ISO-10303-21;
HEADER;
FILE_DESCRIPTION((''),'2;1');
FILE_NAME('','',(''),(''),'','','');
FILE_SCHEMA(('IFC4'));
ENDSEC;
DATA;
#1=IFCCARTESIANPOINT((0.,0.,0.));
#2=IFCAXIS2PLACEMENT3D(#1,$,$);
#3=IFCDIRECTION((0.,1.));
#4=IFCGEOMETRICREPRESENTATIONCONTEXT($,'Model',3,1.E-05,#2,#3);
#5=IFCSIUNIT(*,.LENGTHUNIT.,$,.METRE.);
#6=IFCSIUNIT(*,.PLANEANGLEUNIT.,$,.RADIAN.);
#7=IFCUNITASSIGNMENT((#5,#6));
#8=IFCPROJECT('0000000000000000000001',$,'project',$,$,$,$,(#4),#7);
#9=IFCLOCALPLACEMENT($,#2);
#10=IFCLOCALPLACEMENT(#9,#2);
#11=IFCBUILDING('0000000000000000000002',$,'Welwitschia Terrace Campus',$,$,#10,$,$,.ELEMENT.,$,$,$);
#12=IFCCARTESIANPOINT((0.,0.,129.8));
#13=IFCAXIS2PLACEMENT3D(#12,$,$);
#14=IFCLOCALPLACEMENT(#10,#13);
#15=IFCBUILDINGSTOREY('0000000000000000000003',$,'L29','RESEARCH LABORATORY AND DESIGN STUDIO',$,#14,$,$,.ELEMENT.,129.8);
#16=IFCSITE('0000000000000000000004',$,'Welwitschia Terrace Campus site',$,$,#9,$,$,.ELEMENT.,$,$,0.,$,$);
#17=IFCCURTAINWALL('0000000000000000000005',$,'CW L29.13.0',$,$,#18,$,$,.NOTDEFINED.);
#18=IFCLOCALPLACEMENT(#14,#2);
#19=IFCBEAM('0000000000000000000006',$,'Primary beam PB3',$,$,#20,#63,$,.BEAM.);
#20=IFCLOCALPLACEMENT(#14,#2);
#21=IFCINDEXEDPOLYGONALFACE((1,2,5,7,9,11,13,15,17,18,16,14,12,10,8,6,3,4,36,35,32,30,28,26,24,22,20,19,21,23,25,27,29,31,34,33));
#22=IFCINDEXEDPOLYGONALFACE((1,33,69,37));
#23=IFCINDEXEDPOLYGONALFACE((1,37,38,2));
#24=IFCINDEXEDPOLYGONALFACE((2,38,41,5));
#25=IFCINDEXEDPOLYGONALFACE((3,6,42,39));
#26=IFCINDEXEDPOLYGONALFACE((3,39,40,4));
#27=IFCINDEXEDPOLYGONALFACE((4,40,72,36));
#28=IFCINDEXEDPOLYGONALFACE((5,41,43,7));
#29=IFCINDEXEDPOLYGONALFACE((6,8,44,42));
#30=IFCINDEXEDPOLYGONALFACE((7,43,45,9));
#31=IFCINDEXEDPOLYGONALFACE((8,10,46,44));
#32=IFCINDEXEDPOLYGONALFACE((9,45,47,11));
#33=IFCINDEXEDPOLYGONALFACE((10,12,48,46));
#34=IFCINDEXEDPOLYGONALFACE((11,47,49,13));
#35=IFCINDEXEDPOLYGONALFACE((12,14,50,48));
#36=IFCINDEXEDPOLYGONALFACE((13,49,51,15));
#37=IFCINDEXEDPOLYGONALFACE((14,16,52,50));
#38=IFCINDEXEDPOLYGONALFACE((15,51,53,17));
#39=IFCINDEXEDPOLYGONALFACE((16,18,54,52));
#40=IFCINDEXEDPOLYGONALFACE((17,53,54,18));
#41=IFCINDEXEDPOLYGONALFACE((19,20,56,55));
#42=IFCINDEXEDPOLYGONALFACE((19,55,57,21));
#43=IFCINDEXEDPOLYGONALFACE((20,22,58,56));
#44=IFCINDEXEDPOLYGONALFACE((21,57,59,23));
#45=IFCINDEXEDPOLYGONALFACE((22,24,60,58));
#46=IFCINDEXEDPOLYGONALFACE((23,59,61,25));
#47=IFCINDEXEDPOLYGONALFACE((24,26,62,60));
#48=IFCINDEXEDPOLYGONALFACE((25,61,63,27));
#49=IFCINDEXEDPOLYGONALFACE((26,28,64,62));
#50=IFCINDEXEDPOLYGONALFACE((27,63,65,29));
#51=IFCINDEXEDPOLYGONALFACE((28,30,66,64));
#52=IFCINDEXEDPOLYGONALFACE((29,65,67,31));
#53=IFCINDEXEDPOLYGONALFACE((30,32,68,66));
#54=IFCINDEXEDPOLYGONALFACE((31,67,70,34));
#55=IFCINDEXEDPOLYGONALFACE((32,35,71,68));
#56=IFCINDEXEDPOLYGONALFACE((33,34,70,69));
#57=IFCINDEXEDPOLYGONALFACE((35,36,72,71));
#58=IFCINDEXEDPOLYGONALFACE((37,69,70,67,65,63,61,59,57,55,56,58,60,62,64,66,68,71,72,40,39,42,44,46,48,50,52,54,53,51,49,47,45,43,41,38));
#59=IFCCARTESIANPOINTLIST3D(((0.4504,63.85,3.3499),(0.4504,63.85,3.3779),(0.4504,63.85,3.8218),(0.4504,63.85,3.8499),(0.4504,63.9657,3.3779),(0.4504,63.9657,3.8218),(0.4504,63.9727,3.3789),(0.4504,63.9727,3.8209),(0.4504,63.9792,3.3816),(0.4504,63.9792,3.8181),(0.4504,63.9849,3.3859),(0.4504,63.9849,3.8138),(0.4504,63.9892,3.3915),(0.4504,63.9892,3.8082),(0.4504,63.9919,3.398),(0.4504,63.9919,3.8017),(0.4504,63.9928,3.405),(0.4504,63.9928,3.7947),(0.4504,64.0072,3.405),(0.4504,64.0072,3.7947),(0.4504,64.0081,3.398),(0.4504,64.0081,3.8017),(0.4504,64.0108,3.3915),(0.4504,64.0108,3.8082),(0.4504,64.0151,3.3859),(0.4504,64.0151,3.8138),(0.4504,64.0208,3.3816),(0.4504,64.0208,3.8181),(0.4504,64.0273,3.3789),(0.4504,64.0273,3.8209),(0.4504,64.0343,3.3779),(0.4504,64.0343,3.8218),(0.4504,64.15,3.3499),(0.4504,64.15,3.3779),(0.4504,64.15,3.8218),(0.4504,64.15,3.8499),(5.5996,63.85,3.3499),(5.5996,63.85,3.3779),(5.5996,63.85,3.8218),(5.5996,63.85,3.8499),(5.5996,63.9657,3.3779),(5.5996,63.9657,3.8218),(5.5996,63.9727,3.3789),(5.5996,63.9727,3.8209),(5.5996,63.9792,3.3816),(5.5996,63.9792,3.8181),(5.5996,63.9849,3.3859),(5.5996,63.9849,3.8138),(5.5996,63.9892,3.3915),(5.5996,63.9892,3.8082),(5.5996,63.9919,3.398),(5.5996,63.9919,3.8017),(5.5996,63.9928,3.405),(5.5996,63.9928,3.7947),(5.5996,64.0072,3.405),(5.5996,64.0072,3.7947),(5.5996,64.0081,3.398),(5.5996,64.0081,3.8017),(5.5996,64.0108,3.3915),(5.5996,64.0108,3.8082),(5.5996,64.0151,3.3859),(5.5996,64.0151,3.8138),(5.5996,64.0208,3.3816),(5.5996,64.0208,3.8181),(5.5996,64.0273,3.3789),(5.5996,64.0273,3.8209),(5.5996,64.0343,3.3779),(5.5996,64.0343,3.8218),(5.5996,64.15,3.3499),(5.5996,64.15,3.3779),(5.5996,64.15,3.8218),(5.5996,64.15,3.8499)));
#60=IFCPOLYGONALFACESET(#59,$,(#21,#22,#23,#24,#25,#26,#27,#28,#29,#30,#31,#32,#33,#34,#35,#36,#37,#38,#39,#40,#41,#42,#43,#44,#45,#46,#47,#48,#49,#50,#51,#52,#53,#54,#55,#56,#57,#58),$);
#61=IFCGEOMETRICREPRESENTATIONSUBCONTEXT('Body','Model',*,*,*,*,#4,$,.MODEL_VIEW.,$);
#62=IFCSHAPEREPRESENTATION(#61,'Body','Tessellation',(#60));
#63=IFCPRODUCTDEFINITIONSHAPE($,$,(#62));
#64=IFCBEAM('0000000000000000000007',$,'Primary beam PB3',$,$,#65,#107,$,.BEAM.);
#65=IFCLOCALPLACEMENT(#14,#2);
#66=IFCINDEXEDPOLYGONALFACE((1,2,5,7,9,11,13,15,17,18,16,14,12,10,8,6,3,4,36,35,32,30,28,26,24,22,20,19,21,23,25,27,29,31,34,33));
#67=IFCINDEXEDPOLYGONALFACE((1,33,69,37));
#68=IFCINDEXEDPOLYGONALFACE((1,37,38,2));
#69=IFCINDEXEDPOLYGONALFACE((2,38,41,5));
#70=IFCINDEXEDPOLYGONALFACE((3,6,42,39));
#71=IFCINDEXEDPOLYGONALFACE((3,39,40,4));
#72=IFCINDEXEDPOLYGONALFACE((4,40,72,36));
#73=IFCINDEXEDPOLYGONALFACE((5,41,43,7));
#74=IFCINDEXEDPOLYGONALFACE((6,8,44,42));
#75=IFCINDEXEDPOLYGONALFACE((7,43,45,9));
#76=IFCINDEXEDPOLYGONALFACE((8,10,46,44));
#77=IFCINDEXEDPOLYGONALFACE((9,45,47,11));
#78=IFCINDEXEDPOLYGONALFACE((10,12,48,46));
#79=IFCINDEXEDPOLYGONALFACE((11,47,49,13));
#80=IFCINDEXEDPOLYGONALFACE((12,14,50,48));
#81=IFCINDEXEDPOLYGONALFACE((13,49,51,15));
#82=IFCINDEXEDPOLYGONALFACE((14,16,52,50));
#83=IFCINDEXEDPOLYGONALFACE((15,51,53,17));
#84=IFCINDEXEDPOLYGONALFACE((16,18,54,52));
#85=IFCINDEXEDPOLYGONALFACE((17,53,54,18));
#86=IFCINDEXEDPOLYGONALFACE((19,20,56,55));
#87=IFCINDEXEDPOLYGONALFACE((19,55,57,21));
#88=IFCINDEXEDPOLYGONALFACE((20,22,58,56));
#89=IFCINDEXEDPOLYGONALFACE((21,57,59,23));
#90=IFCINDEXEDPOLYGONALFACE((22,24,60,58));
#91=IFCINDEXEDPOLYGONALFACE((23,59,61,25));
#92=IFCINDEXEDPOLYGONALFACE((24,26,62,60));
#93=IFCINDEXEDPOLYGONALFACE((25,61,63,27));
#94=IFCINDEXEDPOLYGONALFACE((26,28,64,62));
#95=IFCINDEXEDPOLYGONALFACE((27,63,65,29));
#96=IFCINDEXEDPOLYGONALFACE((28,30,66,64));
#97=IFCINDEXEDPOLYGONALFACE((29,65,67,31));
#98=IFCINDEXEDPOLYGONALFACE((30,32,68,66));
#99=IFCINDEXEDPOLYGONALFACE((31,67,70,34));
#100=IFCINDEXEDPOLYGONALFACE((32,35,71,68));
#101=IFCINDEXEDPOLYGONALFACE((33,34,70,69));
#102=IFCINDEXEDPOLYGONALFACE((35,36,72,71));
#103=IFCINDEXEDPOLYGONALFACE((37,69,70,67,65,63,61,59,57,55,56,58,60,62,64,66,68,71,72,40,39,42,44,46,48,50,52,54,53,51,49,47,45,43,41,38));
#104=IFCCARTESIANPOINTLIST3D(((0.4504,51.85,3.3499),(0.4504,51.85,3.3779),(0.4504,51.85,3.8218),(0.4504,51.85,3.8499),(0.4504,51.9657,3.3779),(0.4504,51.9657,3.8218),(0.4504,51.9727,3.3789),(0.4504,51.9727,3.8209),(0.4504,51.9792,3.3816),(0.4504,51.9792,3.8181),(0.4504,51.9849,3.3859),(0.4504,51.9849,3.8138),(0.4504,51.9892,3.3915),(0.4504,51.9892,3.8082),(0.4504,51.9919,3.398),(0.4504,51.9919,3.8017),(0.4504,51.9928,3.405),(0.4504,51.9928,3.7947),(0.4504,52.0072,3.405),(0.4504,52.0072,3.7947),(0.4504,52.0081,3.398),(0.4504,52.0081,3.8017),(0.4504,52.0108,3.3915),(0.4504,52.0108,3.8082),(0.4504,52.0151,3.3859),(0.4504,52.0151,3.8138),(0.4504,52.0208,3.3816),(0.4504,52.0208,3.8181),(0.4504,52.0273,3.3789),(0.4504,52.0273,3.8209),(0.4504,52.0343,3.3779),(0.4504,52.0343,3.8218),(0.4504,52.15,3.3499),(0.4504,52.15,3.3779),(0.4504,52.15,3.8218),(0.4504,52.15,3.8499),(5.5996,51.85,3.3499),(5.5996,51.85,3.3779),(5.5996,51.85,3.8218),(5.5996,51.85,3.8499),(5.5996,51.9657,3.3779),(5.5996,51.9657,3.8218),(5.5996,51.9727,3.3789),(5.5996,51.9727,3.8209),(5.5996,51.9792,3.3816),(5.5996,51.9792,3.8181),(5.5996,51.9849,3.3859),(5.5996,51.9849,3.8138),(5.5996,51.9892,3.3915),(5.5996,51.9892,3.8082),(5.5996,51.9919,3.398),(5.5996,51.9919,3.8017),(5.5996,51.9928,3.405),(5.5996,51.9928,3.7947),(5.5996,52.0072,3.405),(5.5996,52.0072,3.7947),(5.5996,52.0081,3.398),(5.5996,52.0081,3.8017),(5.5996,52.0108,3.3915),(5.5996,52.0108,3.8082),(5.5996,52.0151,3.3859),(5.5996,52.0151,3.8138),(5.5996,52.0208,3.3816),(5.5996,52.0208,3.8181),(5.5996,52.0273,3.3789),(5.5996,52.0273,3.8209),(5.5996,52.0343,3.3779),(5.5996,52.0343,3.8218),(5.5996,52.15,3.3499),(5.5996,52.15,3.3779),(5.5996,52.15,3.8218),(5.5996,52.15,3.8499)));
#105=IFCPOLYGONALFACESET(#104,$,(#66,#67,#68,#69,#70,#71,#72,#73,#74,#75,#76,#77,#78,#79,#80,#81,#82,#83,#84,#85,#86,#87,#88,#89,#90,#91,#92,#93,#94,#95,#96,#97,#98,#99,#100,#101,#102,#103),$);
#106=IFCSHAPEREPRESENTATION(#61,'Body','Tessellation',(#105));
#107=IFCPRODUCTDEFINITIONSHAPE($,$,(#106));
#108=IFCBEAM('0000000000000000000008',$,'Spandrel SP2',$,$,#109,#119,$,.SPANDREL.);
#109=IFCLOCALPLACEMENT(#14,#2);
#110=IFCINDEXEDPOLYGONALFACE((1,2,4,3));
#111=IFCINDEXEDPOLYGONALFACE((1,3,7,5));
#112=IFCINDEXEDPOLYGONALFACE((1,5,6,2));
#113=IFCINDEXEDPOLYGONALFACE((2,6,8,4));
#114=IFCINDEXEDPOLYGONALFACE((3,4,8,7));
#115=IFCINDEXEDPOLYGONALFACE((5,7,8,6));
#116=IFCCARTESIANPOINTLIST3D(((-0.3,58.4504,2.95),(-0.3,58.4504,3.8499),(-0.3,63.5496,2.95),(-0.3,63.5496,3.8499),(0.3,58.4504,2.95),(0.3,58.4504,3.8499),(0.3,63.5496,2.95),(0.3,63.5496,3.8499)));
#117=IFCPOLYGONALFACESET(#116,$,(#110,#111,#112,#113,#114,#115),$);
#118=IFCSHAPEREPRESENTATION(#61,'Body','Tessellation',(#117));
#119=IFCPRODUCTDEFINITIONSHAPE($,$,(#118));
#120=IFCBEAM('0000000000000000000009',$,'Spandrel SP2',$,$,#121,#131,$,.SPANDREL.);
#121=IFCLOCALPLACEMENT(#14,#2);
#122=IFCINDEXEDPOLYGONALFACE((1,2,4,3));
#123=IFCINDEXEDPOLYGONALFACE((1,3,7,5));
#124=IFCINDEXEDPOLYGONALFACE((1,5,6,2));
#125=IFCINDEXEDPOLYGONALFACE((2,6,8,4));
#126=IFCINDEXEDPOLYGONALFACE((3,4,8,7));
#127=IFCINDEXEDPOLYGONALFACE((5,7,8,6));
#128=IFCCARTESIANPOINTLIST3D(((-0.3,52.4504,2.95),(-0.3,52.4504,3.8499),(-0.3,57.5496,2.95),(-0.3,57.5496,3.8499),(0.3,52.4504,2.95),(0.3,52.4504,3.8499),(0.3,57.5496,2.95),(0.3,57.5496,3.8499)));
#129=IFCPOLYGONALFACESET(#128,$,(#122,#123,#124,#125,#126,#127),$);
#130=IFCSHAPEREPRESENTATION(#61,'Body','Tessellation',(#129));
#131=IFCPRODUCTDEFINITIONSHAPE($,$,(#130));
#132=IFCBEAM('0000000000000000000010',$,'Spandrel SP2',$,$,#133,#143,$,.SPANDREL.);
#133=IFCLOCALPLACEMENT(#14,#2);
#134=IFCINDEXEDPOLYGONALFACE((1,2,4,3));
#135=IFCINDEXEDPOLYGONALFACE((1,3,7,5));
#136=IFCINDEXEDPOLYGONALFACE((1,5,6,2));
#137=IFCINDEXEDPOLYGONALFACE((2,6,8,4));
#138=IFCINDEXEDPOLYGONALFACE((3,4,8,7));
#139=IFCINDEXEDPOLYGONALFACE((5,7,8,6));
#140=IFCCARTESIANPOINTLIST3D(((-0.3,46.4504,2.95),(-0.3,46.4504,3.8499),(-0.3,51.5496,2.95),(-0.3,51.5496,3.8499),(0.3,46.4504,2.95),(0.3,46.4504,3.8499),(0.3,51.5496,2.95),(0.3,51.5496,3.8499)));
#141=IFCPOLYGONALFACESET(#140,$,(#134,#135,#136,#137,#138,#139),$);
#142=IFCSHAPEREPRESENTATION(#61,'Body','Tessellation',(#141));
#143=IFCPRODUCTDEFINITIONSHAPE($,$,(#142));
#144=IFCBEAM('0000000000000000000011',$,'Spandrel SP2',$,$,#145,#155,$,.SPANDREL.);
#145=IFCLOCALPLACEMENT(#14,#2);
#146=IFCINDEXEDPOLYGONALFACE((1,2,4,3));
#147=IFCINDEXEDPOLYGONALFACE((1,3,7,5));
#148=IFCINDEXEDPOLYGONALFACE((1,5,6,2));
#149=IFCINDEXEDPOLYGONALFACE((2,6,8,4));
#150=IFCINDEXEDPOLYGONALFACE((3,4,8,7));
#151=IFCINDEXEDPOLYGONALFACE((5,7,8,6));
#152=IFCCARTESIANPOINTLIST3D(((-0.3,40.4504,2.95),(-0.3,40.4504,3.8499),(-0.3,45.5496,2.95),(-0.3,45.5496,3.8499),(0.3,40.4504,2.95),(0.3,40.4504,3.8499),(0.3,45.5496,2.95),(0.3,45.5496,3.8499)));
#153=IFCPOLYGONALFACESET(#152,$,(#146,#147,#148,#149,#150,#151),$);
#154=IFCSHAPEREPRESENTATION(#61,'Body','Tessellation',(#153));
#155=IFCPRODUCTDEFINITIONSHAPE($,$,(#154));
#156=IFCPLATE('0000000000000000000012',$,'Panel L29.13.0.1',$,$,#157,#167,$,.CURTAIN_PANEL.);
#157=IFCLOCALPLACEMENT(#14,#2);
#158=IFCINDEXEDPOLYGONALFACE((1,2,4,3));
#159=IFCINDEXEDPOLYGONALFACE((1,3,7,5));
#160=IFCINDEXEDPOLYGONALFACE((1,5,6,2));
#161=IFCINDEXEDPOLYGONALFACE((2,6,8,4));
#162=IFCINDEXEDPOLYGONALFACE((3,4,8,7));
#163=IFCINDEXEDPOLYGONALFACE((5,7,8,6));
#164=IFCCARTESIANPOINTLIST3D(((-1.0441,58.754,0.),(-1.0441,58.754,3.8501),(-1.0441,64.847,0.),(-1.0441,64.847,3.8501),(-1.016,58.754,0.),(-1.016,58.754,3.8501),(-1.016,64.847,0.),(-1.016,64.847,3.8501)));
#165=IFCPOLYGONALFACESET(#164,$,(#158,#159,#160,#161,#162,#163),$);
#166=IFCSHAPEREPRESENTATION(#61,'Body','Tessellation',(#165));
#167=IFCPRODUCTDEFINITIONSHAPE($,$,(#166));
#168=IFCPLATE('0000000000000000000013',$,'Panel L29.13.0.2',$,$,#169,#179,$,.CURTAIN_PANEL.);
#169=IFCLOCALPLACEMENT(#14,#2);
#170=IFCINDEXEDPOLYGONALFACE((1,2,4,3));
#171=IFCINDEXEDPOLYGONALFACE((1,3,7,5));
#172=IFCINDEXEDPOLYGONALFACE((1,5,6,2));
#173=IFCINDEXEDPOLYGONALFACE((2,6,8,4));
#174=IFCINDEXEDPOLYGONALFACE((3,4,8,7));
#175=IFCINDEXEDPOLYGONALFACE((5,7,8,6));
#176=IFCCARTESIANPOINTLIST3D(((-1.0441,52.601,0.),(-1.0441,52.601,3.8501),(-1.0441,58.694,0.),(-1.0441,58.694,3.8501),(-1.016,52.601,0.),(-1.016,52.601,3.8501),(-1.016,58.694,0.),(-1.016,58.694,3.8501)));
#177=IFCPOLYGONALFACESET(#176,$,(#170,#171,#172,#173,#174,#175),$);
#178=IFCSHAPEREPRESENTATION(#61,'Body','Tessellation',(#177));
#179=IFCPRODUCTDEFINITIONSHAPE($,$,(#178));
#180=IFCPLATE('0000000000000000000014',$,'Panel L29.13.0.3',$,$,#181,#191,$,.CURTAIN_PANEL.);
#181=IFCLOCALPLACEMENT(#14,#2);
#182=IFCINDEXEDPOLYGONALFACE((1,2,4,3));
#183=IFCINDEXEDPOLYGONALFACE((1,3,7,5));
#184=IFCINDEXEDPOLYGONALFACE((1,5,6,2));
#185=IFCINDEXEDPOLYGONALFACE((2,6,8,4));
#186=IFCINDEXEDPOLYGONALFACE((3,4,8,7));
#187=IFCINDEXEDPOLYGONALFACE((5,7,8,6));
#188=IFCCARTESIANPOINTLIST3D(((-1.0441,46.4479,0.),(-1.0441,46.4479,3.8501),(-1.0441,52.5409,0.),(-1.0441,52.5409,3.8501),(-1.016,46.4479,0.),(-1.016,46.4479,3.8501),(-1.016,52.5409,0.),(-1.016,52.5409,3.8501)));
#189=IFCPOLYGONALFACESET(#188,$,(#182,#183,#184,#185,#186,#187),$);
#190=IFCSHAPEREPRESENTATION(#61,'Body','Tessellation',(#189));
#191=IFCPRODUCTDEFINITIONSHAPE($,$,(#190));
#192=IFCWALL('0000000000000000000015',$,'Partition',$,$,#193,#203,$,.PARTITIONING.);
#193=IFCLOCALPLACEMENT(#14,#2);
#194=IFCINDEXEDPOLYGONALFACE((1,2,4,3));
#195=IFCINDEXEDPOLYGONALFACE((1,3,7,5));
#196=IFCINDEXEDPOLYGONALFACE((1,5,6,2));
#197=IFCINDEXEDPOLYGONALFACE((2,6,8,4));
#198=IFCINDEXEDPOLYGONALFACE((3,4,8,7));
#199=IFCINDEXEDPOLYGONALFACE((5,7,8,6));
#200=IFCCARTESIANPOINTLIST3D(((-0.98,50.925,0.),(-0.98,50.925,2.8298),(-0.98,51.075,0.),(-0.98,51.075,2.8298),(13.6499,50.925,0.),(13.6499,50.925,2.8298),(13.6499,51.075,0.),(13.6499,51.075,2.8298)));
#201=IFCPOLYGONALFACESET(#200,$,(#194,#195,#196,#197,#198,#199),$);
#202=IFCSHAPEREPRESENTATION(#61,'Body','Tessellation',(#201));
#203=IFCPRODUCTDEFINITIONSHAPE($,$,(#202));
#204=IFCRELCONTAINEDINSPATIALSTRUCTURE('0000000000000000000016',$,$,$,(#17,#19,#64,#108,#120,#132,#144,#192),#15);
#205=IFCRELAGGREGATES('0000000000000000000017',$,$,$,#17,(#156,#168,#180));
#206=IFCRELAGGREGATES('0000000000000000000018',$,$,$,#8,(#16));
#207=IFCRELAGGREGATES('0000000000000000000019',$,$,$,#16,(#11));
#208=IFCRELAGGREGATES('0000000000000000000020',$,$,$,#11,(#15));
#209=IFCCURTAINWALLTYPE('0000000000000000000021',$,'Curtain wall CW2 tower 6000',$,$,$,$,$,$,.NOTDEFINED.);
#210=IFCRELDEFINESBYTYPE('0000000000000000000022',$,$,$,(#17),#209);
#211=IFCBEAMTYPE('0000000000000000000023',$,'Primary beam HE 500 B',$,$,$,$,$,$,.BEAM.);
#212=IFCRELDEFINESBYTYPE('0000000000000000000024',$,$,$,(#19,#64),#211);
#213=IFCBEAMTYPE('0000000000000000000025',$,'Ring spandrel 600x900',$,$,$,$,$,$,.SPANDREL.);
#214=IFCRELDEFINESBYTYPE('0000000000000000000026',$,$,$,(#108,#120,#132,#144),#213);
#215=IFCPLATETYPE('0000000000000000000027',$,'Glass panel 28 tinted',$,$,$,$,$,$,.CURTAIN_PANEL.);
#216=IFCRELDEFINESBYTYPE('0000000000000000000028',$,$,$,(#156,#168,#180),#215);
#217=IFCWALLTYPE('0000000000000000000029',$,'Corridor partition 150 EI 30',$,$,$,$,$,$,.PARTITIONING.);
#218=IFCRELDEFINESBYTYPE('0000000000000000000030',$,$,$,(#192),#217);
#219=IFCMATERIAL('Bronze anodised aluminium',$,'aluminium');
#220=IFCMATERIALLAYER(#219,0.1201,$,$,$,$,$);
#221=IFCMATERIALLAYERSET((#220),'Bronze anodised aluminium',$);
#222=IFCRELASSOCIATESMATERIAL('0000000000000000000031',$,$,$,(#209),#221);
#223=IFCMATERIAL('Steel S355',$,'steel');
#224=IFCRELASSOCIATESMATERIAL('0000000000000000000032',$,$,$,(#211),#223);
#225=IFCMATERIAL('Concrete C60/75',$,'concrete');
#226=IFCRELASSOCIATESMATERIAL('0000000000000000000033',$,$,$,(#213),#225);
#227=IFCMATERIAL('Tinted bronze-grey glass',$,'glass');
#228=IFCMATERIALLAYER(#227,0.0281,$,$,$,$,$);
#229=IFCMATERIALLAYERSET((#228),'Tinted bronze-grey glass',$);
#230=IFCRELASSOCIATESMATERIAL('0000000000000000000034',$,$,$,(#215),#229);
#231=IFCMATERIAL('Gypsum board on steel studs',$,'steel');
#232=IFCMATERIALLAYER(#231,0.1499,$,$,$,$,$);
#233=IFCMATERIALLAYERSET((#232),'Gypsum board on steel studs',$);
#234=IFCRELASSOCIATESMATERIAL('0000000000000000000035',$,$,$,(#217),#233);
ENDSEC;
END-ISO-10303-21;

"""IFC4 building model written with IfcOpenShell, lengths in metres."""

from ifc_helpers import new_model, si_unit, direction, frame, frame_2d, origin, origin_2d, place, context, subcontext, project, spatial, rectangle, i_section, extrude, material, layer, layer_set, material_profile, profile_set, type_object, element, aggregate, save


model = new_model("IFC4")

# Units and contexts
model_context = context("Model", 3, precision=1e-05, world=origin(), true_north=direction((0.0, 1.0)))
body_context = subcontext(model_context, "Body", "Model", "MODEL_VIEW")
ifc_project = project(units=[si_unit("LENGTHUNIT", "METRE"), si_unit("PLANEANGLEUNIT", "RADIAN")], contexts=[model_context])

# Site, building, storey
site_placement = place(None, origin())
site = spatial("IfcSite", under=ifc_project, at=site_placement, Name="Welwitschia Terrace Campus site", CompositionType="ELEMENT", RefElevation=0.0)
building_placement = place(site_placement, origin())
building = spatial("IfcBuilding", under=site, at=building_placement, Name="Welwitschia Terrace Campus", CompositionType="ELEMENT")
storey_placement = place(building_placement, frame((0.0, 0.0, 129.8)))
storey = spatial("IfcBuildingStorey", under=building, at=storey_placement, Name="L29", Description="RESEARCH LABORATORY AND DESIGN STUDIO", CompositionType="ELEMENT", Elevation=129.8)

# Curtain wall
ifc_material_1 = material(Name="Bronze anodised aluminium", Category="aluminium")
ifc_layer_1 = layer(ifc_material_1, 0.1201)
ifc_layer_set_1 = layer_set([ifc_layer_1], Name="Bronze anodised aluminium")
curtain_wall_type = type_object("IfcCurtainWallType", Name="Curtain wall CW2 tower 6000", PredefinedType="NOTDEFINED", material=ifc_layer_set_1)
curtain_wall_placement = place(storey_placement, origin())
curtain_wall = element("IfcCurtainWall", 1, at=curtain_wall_placement, inside=storey, type_object=curtain_wall_type, Name="CW L29.13.0", PredefinedType="NOTDEFINED")

# Beams
ifc_material_2 = material(Name="Steel S355", Category="steel")
ifc_material_profile_1 = material_profile(ifc_material_2, i_section(OverallWidth=0.3, OverallDepth=0.5, WebThickness=0.0144, FlangeThickness=0.0281, FilletRadius=0.0271, at=origin_2d()))
ifc_profile_set_1 = profile_set([ifc_material_profile_1], Name="Steel S355")
beam_type_1 = type_object("IfcBeamType", Name="Primary beam HE 500 B", PredefinedType="BEAM", material=ifc_profile_set_1)
for number, where, z_axis, x_axis, name in (
    (2, (0.4504, 64.0, 3.5999), (1.0, 0.0, 0.0), (0.0, 1.0, 0.0), "Primary beam PB3"),
    (3, (0.4504, 52.0, 3.5999), (1.0, 0.0, 0.0), (0.0, 1.0, 0.0), "Primary beam PB3"),
):
    element("IfcBeam", number, at=place(storey_placement, frame(where, z_axis=z_axis, x_axis=x_axis)), inside=storey, type_object=beam_type_1, Name=name, PredefinedType="BEAM", context=body_context, shape_type="SweptSolid", body=[
        extrude(i_section(OverallWidth=0.3, OverallDepth=0.5, WebThickness=0.0144, FlangeThickness=0.0281, FilletRadius=0.0271, at=origin_2d()), origin(), (0.0, 0.0, 1.0), 5.1492),
    ])
ifc_material_3 = material(Name="Concrete C60/75", Category="concrete")
ifc_material_profile_2 = material_profile(ifc_material_3, rectangle(XDim=0.6001, YDim=0.8999, at=origin_2d()))
ifc_profile_set_2 = profile_set([ifc_material_profile_2], Name="Concrete C60/75")
beam_type_2 = type_object("IfcBeamType", Name="Ring spandrel 600x900", PredefinedType="SPANDREL", material=ifc_profile_set_2)
for number, where, z_axis, x_axis, name in (
    (4, (0.0, 63.5496, 3.3999), (0.0, -1.0, 0.0), (1.0, 0.0, 0.0), "Spandrel SP2"),
    (5, (0.0, 57.5496, 3.3999), (0.0, -1.0, 0.0), (1.0, 0.0, 0.0), "Spandrel SP2"),
    (6, (0.0, 51.5496, 3.3999), (0.0, -1.0, 0.0), (1.0, 0.0, 0.0), "Spandrel SP2"),
    (7, (0.0, 45.5496, 3.3999), (0.0, -1.0, 0.0), (1.0, 0.0, 0.0), "Spandrel SP2"),
):
    element("IfcBeam", number, at=place(storey_placement, frame(where, z_axis=z_axis, x_axis=x_axis)), inside=storey, type_object=beam_type_2, Name=name, PredefinedType="SPANDREL", context=body_context, shape_type="SweptSolid", body=[
        extrude(rectangle(XDim=0.6001, YDim=0.8999, at=origin_2d()), origin(), (0.0, 0.0, 1.0), 5.0991),
    ])

# Plates
ifc_material_4 = material(Name="Tinted bronze-grey glass", Category="glass")
ifc_layer_2 = layer(ifc_material_4, 0.0281)
ifc_layer_set_2 = layer_set([ifc_layer_2], Name="Tinted bronze-grey glass")
plate_type = type_object("IfcPlateType", Name="Glass panel 28 tinted", PredefinedType="CURTAIN_PANEL", material=ifc_layer_set_2)
plate_1_placement = place(storey_placement, frame((-1.03, 61.8005, 0.0), z_axis=(0.0, 0.0, 1.0), x_axis=(0.0, -1.0, 0.0)))
plate_1 = element("IfcPlate", 8, at=plate_1_placement, type_object=plate_type, Name="Panel L29.13.0.1", PredefinedType="CURTAIN_PANEL", context=body_context, shape_type="SweptSolid", body=[
    extrude(rectangle(XDim=6.093, YDim=0.0281, at=origin_2d()), origin(), (0.0, 0.0, 1.0), 3.8501),
])
plate_2_placement = place(storey_placement, frame((-1.03, 55.6475, 0.0), z_axis=(0.0, 0.0, 1.0), x_axis=(0.0, -1.0, 0.0)))
plate_2 = element("IfcPlate", 9, at=plate_2_placement, type_object=plate_type, Name="Panel L29.13.0.2", PredefinedType="CURTAIN_PANEL", context=body_context, shape_type="SweptSolid", body=[
    extrude(rectangle(XDim=6.093, YDim=0.0281, at=origin_2d()), origin(), (0.0, 0.0, 1.0), 3.8501),
])
plate_3_placement = place(storey_placement, frame((-1.03, 49.4944, 0.0), z_axis=(0.0, 0.0, 1.0), x_axis=(0.0, -1.0, 0.0)))
plate_3 = element("IfcPlate", 10, at=plate_3_placement, type_object=plate_type, Name="Panel L29.13.0.3", PredefinedType="CURTAIN_PANEL", context=body_context, shape_type="SweptSolid", body=[
    extrude(rectangle(XDim=6.093, YDim=0.0281, at=origin_2d()), origin(), (0.0, 0.0, 1.0), 3.8501),
])
aggregate(curtain_wall, [plate_1, plate_2, plate_3])

# Wall
ifc_material_5 = material(Name="Gypsum board on steel studs", Category="steel")
ifc_layer_3 = layer(ifc_material_5, 0.1499)
ifc_layer_set_3 = layer_set([ifc_layer_3], Name="Gypsum board on steel studs")
wall_type = type_object("IfcWallType", Name="Corridor partition 150 EI 30", PredefinedType="PARTITIONING", material=ifc_layer_set_3)
wall_1_placement = place(storey_placement, frame((-0.98, 51.0, 0.0), z_axis=(0.0, 0.0, 1.0), x_axis=(1.0, 0.0, 0.0)))
element("IfcWall", 11, at=wall_1_placement, inside=storey, type_object=wall_type, Name="Partition", PredefinedType="PARTITIONING", context=body_context, shape_type="SweptSolid", body=[
    extrude(rectangle(XDim=14.6299, YDim=0.1499, at=frame_2d((7.3149, 0.0))), origin(), (0.0, 0.0, 1.0), 2.8298),
])

save(model, "model.ifc")
